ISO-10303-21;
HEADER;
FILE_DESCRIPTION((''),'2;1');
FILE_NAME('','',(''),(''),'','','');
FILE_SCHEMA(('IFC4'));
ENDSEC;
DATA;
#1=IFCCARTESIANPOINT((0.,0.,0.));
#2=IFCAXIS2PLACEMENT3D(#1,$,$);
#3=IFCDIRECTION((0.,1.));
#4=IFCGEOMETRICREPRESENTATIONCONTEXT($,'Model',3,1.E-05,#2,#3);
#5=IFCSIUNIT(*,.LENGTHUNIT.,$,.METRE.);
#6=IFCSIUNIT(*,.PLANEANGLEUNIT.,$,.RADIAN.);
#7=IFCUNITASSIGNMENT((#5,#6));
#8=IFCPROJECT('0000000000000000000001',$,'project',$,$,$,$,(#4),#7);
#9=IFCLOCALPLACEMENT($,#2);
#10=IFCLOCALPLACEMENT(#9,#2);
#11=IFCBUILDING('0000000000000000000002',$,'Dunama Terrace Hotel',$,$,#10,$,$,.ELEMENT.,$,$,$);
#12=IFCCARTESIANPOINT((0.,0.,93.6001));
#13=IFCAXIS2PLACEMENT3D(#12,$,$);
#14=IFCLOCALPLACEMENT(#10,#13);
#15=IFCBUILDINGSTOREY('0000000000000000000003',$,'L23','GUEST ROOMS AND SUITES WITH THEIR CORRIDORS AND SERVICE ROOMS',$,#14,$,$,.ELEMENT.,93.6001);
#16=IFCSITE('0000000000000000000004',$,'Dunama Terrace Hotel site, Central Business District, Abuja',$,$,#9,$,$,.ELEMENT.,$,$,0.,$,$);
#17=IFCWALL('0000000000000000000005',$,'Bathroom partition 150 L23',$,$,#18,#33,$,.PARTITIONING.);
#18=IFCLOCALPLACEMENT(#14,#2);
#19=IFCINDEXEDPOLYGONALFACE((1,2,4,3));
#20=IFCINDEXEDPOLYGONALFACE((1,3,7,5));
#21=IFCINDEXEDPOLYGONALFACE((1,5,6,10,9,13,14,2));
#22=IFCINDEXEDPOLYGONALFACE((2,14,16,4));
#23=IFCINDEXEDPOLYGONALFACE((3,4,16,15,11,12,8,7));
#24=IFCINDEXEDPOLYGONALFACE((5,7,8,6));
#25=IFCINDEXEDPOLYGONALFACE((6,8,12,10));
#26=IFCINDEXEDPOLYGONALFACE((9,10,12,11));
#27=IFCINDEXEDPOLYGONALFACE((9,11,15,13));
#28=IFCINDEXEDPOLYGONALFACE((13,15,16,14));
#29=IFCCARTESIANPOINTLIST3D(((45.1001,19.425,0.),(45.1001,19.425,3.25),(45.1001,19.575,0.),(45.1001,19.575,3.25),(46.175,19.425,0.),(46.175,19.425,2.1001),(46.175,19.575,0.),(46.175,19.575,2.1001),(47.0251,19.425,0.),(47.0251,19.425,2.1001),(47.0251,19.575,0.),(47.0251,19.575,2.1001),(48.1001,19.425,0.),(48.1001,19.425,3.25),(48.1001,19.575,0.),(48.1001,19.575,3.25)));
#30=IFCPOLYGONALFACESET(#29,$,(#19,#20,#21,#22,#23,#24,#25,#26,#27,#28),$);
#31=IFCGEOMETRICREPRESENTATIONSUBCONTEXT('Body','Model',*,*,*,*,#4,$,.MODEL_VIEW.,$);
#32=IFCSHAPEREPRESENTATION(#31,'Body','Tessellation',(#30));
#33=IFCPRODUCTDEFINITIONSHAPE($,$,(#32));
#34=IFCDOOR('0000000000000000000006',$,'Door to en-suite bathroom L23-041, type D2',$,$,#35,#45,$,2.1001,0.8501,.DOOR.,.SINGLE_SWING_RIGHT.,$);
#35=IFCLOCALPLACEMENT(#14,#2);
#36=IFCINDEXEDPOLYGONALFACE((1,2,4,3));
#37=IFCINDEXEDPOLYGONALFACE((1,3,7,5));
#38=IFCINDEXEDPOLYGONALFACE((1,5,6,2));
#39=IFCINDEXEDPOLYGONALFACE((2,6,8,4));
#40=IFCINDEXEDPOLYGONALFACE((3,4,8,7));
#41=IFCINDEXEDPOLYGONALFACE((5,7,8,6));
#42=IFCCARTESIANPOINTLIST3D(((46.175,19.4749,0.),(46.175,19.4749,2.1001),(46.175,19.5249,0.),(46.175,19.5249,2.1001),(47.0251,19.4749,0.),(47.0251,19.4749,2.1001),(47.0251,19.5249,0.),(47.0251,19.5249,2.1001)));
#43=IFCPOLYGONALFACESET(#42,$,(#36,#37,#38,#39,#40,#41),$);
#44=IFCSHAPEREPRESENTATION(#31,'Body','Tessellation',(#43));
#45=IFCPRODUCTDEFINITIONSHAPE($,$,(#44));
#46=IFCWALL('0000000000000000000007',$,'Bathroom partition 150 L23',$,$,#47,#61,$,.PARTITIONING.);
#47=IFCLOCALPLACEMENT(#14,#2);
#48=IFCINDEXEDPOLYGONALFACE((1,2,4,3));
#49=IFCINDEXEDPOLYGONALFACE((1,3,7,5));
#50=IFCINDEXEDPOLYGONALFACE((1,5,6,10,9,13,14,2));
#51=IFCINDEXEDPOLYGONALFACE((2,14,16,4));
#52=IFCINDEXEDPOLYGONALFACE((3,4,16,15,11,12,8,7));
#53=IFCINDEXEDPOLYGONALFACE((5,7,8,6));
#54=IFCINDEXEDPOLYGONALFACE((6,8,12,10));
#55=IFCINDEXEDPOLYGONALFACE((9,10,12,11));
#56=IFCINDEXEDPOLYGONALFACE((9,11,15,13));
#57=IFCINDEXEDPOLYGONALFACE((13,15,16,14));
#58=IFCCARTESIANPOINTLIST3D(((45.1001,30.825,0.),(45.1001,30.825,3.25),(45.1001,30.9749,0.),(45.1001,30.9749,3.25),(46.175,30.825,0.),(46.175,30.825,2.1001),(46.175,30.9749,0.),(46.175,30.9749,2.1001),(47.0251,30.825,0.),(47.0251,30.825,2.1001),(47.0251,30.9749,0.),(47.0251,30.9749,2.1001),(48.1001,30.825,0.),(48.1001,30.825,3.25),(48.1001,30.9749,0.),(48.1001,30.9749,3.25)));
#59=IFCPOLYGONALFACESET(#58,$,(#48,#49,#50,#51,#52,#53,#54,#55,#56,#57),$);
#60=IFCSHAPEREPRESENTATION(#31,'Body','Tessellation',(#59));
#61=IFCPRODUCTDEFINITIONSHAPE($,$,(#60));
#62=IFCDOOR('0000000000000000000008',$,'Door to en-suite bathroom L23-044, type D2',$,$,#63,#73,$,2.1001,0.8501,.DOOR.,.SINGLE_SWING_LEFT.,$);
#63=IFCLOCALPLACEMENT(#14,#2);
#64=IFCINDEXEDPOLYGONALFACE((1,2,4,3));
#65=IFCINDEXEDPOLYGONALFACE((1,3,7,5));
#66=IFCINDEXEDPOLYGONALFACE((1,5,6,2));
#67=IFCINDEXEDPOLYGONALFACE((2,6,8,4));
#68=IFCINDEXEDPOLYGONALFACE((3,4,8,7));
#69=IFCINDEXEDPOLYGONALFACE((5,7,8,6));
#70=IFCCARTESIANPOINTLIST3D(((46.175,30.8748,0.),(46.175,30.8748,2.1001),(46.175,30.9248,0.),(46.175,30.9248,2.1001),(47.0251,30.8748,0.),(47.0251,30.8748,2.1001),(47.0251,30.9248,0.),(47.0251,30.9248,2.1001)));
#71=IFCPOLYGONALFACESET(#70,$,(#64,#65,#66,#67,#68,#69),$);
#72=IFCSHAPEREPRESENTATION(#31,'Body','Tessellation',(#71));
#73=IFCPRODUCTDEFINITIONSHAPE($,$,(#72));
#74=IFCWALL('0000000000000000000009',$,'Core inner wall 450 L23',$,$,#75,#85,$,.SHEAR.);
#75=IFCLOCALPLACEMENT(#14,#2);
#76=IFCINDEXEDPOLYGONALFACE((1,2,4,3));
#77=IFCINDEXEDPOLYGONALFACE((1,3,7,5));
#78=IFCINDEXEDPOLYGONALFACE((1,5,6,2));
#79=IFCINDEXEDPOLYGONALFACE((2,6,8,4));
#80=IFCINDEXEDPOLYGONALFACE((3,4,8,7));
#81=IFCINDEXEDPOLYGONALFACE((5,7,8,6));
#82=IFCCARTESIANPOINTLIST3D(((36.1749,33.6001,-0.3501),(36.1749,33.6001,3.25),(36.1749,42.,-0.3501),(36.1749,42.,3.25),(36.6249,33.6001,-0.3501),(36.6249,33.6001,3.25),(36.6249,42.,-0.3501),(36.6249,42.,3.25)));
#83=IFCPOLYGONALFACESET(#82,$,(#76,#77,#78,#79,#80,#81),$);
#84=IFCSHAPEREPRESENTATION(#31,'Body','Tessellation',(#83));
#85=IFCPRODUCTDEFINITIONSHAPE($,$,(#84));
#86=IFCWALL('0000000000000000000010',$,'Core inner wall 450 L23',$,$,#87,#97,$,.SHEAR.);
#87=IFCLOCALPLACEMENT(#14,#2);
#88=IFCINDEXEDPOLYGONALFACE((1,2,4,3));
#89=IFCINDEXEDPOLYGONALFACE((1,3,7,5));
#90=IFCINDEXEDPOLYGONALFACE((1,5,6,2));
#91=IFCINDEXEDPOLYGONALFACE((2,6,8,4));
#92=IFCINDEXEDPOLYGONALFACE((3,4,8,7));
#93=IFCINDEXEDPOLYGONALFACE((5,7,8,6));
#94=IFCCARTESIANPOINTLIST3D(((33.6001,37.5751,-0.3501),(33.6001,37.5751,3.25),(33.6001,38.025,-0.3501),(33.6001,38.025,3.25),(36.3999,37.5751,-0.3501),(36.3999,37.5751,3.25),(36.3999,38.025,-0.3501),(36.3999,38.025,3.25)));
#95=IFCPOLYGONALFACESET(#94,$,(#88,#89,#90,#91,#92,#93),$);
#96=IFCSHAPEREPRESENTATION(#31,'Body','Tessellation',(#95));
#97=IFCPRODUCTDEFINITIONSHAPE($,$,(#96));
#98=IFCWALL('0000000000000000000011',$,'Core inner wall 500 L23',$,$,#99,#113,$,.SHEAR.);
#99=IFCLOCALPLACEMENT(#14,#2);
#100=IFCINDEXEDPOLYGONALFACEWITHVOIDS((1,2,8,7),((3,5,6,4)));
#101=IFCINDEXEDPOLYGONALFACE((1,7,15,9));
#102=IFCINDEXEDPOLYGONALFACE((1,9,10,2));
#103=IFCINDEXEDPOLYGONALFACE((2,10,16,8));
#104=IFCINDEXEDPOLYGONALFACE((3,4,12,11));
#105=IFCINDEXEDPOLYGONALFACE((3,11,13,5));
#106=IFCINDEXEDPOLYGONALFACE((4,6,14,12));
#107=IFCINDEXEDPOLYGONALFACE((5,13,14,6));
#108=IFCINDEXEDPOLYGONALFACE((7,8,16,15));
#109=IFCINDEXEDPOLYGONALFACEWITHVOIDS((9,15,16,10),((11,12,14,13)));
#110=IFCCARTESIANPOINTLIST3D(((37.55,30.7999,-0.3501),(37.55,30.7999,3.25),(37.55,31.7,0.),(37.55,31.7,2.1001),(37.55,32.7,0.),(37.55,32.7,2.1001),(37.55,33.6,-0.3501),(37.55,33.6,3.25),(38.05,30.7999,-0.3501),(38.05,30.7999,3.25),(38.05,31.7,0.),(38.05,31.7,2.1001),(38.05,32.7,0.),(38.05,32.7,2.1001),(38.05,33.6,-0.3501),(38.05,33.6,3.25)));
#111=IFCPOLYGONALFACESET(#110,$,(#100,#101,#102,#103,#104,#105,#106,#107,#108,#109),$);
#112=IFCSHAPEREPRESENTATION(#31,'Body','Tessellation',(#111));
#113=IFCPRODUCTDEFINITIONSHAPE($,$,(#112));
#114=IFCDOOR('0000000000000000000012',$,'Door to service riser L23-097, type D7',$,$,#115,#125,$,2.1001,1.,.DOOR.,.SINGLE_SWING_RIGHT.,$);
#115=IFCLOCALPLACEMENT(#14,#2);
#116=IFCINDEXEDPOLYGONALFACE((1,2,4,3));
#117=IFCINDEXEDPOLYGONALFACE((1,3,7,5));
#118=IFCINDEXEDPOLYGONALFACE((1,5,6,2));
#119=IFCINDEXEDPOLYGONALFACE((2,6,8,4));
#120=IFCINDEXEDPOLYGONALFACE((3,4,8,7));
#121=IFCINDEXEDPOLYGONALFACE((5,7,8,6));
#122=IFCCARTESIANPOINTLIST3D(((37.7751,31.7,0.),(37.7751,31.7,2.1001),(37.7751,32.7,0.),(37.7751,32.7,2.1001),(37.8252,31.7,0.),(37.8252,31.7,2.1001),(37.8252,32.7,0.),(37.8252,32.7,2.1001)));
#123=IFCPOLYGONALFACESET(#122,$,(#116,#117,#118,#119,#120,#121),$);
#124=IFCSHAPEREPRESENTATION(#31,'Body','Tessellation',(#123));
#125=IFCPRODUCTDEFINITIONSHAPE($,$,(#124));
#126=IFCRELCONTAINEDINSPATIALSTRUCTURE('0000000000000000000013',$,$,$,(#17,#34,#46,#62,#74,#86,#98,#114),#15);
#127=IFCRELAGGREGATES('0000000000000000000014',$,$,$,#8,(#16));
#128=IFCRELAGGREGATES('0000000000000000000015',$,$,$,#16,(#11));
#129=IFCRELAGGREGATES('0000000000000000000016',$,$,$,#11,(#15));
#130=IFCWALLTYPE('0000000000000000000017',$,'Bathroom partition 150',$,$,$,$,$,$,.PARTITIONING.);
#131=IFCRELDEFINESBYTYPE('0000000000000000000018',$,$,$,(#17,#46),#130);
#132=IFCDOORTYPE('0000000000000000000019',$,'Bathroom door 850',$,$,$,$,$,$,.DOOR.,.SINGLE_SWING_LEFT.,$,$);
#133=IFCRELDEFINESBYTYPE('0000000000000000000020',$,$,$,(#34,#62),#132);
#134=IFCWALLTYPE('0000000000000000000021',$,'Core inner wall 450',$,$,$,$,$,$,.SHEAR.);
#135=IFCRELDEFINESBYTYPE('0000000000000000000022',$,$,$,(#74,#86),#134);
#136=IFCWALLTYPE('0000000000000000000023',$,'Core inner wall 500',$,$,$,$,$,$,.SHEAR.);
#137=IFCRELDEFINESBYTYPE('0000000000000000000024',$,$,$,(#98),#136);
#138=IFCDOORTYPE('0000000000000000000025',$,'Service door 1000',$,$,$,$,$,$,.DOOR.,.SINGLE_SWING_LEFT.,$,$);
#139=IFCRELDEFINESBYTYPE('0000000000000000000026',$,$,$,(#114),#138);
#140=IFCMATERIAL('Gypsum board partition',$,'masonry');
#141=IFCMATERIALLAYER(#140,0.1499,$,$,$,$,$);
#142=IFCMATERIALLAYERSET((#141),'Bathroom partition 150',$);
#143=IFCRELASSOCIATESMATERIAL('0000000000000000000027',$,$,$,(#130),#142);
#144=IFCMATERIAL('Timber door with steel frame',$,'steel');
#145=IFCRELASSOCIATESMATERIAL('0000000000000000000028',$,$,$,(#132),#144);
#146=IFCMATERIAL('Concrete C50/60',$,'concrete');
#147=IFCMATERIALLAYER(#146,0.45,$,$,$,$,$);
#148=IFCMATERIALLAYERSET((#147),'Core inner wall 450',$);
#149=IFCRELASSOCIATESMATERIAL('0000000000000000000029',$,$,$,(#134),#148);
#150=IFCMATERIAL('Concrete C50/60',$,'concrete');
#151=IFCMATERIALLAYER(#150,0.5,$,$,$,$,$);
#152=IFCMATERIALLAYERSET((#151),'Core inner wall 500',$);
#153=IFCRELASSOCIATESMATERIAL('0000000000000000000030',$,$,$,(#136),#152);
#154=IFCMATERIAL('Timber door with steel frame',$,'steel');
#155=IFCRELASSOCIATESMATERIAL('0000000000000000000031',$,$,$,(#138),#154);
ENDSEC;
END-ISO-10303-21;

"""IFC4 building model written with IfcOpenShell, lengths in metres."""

from ifc_helpers import new_model, si_unit, direction, frame, frame_2d, origin, place, context, subcontext, project, spatial, rectangle, extrude, material, layer, layer_set, type_object, element, fill, save


model = new_model("IFC4")

# Units and contexts
model_context = context("Model", 3, precision=1e-05, world=origin(), true_north=direction((0.0, 1.0)))
body_context = subcontext(model_context, "Body", "Model", "MODEL_VIEW")
ifc_project = project(units=[si_unit("LENGTHUNIT", "METRE"), si_unit("PLANEANGLEUNIT", "RADIAN")], contexts=[model_context])

# Site, building, storey
site_placement = place(None, origin())
site = spatial("IfcSite", under=ifc_project, at=site_placement, Name="Dunama Terrace Hotel site, Central Business District, Abuja", CompositionType="ELEMENT", RefElevation=0.0)
building_placement = place(site_placement, origin())
building = spatial("IfcBuilding", under=site, at=building_placement, Name="Dunama Terrace Hotel", CompositionType="ELEMENT")
storey_placement = place(building_placement, frame((0.0, 0.0, 93.6001)))
storey = spatial("IfcBuildingStorey", under=building, at=storey_placement, Name="L23", Description="GUEST ROOMS AND SUITES WITH THEIR CORRIDORS AND SERVICE ROOMS", CompositionType="ELEMENT", Elevation=93.6001)

# Walls, openings, doors
ifc_material_1 = material(Name="Gypsum board partition", Category="masonry")
ifc_layer_1 = layer(ifc_material_1, 0.1499)
ifc_layer_set_1 = layer_set([ifc_layer_1], Name="Bathroom partition 150")
wall_type_1 = type_object("IfcWallType", Name="Bathroom partition 150", PredefinedType="PARTITIONING", material=ifc_layer_set_1)
wall_1_placement = place(storey_placement, frame((45.1001, 19.5, 0.0), z_axis=(0.0, 0.0, 1.0), x_axis=(1.0, 0.0, 0.0)))
wall_1 = element("IfcWall", 1, at=wall_1_placement, inside=storey, type_object=wall_type_1, Name="Bathroom partition 150 L23", PredefinedType="PARTITIONING", context=body_context, shape_type="SweptSolid", body=[
    extrude(rectangle(XDim=3.0, YDim=0.1499, at=frame_2d((1.5, 0.0))), origin(), (0.0, 0.0, 1.0), 3.25),
])
opening_1_placement = place(wall_1_placement, frame((1.075, 0.0, 0.0)))
opening_1 = element("IfcOpeningElement", 2, at=opening_1_placement, cuts=wall_1, PredefinedType="OPENING", context=body_context, shape_type="SweptSolid", body=[
    extrude(rectangle(XDim=0.8501, YDim=2.1001, at=frame_2d((0.425, 1.05))), frame((0.0, 0.085, 0.0), z_axis=(0.0, -1.0, 0.0), x_axis=(1.0, 0.0, 0.0)), (0.0, 0.0, 1.0), 0.1699),
])
ifc_material_2 = material(Name="Timber door with steel frame", Category="steel")
door_type_1 = type_object("IfcDoorType", Name="Bathroom door 850", OperationType="SINGLE_SWING_LEFT", PredefinedType="DOOR", material=ifc_material_2)
door_1_placement = place(opening_1_placement, frame((0.8501, 0.0, 0.0), z_axis=(0.0, 0.0, 1.0), x_axis=(-1.0, 0.0, 0.0)))
door_1 = element("IfcDoor", 3, at=door_1_placement, inside=storey, type_object=door_type_1, Name="Door to en-suite bathroom L23-041, type D2", OperationType="SINGLE_SWING_RIGHT", OverallHeight=2.1001, OverallWidth=0.8501, PredefinedType="DOOR", context=body_context, shape_type="SweptSolid", body=[
    extrude(rectangle(XDim=0.8501, YDim=2.1001, at=frame_2d((0.425, 1.05))), frame((0.0, 0.0251, 0.0), z_axis=(0.0, -1.0, 0.0), x_axis=(1.0, 0.0, 0.0)), (0.0, 0.0, 1.0), 0.05),
])
fill(opening_1, door_1)
wall_2_placement = place(storey_placement, frame((45.1001, 30.8999, 0.0), z_axis=(0.0, 0.0, 1.0), x_axis=(1.0, 0.0, 0.0)))
wall_2 = element("IfcWall", 4, at=wall_2_placement, inside=storey, type_object=wall_type_1, Name="Bathroom partition 150 L23", PredefinedType="PARTITIONING", context=body_context, shape_type="SweptSolid", body=[
    extrude(rectangle(XDim=3.0, YDim=0.1499, at=frame_2d((1.5, 0.0))), origin(), (0.0, 0.0, 1.0), 3.25),
])
opening_2_placement = place(wall_2_placement, frame((1.075, 0.0, 0.0)))
opening_2 = element("IfcOpeningElement", 5, at=opening_2_placement, cuts=wall_2, PredefinedType="OPENING", context=body_context, shape_type="SweptSolid", body=[
    extrude(rectangle(XDim=0.8501, YDim=2.1001, at=frame_2d((0.425, 1.05))), frame((0.0, 0.085, 0.0), z_axis=(0.0, -1.0, 0.0), x_axis=(1.0, 0.0, 0.0)), (0.0, 0.0, 1.0), 0.1699),
])
door_2_placement = place(opening_2_placement, origin())
door_2 = element("IfcDoor", 6, at=door_2_placement, inside=storey, type_object=door_type_1, Name="Door to en-suite bathroom L23-044, type D2", OperationType="SINGLE_SWING_LEFT", OverallHeight=2.1001, OverallWidth=0.8501, PredefinedType="DOOR", context=body_context, shape_type="SweptSolid", body=[
    extrude(rectangle(XDim=0.8501, YDim=2.1001, at=frame_2d((0.425, 1.05))), frame((0.0, 0.0249, 0.0), z_axis=(0.0, -1.0, 0.0), x_axis=(1.0, 0.0, 0.0)), (0.0, 0.0, 1.0), 0.05),
])
fill(opening_2, door_2)

# Walls
ifc_material_3 = material(Name="Concrete C50/60", Category="concrete")
ifc_layer_2 = layer(ifc_material_3, 0.45)
ifc_layer_set_2 = layer_set([ifc_layer_2], Name="Core inner wall 450")
wall_type_2 = type_object("IfcWallType", Name="Core inner wall 450", PredefinedType="SHEAR", material=ifc_layer_set_2)
wall_3_placement = place(storey_placement, frame((36.3999, 33.6001, -0.3501), z_axis=(0.0, 0.0, 1.0), x_axis=(0.0, 1.0, 0.0)))
element("IfcWall", 7, at=wall_3_placement, inside=storey, type_object=wall_type_2, Name="Core inner wall 450 L23", PredefinedType="SHEAR", context=body_context, shape_type="SweptSolid", body=[
    extrude(rectangle(XDim=8.3999, YDim=0.45, at=frame_2d((4.2, 0.0))), origin(), (0.0, 0.0, 1.0), 3.6001),
])
wall_4_placement = place(storey_placement, frame((33.6001, 37.8, -0.3501), z_axis=(0.0, 0.0, 1.0), x_axis=(1.0, 0.0, 0.0)))
element("IfcWall", 8, at=wall_4_placement, inside=storey, type_object=wall_type_2, Name="Core inner wall 450 L23", PredefinedType="SHEAR", context=body_context, shape_type="SweptSolid", body=[
    extrude(rectangle(XDim=2.7998, YDim=0.45, at=frame_2d((1.3999, 0.0))), origin(), (0.0, 0.0, 1.0), 3.6001),
])

# Wall, opening, door
ifc_material_4 = material(Name="Concrete C50/60", Category="concrete")
ifc_layer_3 = layer(ifc_material_4, 0.5)
ifc_layer_set_3 = layer_set([ifc_layer_3], Name="Core inner wall 500")
wall_type_3 = type_object("IfcWallType", Name="Core inner wall 500", PredefinedType="SHEAR", material=ifc_layer_set_3)
wall_5_placement = place(storey_placement, frame((37.8, 30.8, -0.3501), z_axis=(0.0, 0.0, 1.0), x_axis=(0.0, 1.0, 0.0)))
wall_5 = element("IfcWall", 9, at=wall_5_placement, inside=storey, type_object=wall_type_3, Name="Core inner wall 500 L23", PredefinedType="SHEAR", context=body_context, shape_type="SweptSolid", body=[
    extrude(rectangle(XDim=2.8, YDim=0.5, at=frame_2d((1.3999, 0.0))), origin(), (0.0, 0.0, 1.0), 3.6001),
])
opening_3_placement = place(wall_5_placement, frame((0.8999, 0.0, 0.3501)))
opening_3 = element("IfcOpeningElement", 10, at=opening_3_placement, cuts=wall_5, PredefinedType="OPENING", context=body_context, shape_type="SweptSolid", body=[
    extrude(rectangle(XDim=1.0, YDim=2.1001, at=frame_2d((0.5, 1.05))), frame((0.0, 0.26, 0.0), z_axis=(0.0, -1.0, 0.0), x_axis=(1.0, 0.0, 0.0)), (0.0, 0.0, 1.0), 0.52),
])
ifc_material_5 = material(Name="Timber door with steel frame", Category="steel")
door_type_2 = type_object("IfcDoorType", Name="Service door 1000", OperationType="SINGLE_SWING_LEFT", PredefinedType="DOOR", material=ifc_material_5)
door_3_placement = place(opening_3_placement, frame((1.0, 0.0, 0.0), z_axis=(0.0, 0.0, 1.0), x_axis=(-1.0, 0.0, 0.0)))
door_3 = element("IfcDoor", 11, at=door_3_placement, inside=storey, type_object=door_type_2, Name="Door to service riser L23-097, type D7", OperationType="SINGLE_SWING_RIGHT", OverallHeight=2.1001, OverallWidth=1.0, PredefinedType="DOOR", context=body_context, shape_type="SweptSolid", body=[
    extrude(rectangle(XDim=1.0, YDim=2.1001, at=frame_2d((0.5, 1.05))), frame((0.0, 0.0251, 0.0), z_axis=(0.0, -1.0, 0.0), x_axis=(1.0, 0.0, 0.0)), (0.0, 0.0, 1.0), 0.05),
])
fill(opening_3, door_3)

save(model, "model.ifc")
